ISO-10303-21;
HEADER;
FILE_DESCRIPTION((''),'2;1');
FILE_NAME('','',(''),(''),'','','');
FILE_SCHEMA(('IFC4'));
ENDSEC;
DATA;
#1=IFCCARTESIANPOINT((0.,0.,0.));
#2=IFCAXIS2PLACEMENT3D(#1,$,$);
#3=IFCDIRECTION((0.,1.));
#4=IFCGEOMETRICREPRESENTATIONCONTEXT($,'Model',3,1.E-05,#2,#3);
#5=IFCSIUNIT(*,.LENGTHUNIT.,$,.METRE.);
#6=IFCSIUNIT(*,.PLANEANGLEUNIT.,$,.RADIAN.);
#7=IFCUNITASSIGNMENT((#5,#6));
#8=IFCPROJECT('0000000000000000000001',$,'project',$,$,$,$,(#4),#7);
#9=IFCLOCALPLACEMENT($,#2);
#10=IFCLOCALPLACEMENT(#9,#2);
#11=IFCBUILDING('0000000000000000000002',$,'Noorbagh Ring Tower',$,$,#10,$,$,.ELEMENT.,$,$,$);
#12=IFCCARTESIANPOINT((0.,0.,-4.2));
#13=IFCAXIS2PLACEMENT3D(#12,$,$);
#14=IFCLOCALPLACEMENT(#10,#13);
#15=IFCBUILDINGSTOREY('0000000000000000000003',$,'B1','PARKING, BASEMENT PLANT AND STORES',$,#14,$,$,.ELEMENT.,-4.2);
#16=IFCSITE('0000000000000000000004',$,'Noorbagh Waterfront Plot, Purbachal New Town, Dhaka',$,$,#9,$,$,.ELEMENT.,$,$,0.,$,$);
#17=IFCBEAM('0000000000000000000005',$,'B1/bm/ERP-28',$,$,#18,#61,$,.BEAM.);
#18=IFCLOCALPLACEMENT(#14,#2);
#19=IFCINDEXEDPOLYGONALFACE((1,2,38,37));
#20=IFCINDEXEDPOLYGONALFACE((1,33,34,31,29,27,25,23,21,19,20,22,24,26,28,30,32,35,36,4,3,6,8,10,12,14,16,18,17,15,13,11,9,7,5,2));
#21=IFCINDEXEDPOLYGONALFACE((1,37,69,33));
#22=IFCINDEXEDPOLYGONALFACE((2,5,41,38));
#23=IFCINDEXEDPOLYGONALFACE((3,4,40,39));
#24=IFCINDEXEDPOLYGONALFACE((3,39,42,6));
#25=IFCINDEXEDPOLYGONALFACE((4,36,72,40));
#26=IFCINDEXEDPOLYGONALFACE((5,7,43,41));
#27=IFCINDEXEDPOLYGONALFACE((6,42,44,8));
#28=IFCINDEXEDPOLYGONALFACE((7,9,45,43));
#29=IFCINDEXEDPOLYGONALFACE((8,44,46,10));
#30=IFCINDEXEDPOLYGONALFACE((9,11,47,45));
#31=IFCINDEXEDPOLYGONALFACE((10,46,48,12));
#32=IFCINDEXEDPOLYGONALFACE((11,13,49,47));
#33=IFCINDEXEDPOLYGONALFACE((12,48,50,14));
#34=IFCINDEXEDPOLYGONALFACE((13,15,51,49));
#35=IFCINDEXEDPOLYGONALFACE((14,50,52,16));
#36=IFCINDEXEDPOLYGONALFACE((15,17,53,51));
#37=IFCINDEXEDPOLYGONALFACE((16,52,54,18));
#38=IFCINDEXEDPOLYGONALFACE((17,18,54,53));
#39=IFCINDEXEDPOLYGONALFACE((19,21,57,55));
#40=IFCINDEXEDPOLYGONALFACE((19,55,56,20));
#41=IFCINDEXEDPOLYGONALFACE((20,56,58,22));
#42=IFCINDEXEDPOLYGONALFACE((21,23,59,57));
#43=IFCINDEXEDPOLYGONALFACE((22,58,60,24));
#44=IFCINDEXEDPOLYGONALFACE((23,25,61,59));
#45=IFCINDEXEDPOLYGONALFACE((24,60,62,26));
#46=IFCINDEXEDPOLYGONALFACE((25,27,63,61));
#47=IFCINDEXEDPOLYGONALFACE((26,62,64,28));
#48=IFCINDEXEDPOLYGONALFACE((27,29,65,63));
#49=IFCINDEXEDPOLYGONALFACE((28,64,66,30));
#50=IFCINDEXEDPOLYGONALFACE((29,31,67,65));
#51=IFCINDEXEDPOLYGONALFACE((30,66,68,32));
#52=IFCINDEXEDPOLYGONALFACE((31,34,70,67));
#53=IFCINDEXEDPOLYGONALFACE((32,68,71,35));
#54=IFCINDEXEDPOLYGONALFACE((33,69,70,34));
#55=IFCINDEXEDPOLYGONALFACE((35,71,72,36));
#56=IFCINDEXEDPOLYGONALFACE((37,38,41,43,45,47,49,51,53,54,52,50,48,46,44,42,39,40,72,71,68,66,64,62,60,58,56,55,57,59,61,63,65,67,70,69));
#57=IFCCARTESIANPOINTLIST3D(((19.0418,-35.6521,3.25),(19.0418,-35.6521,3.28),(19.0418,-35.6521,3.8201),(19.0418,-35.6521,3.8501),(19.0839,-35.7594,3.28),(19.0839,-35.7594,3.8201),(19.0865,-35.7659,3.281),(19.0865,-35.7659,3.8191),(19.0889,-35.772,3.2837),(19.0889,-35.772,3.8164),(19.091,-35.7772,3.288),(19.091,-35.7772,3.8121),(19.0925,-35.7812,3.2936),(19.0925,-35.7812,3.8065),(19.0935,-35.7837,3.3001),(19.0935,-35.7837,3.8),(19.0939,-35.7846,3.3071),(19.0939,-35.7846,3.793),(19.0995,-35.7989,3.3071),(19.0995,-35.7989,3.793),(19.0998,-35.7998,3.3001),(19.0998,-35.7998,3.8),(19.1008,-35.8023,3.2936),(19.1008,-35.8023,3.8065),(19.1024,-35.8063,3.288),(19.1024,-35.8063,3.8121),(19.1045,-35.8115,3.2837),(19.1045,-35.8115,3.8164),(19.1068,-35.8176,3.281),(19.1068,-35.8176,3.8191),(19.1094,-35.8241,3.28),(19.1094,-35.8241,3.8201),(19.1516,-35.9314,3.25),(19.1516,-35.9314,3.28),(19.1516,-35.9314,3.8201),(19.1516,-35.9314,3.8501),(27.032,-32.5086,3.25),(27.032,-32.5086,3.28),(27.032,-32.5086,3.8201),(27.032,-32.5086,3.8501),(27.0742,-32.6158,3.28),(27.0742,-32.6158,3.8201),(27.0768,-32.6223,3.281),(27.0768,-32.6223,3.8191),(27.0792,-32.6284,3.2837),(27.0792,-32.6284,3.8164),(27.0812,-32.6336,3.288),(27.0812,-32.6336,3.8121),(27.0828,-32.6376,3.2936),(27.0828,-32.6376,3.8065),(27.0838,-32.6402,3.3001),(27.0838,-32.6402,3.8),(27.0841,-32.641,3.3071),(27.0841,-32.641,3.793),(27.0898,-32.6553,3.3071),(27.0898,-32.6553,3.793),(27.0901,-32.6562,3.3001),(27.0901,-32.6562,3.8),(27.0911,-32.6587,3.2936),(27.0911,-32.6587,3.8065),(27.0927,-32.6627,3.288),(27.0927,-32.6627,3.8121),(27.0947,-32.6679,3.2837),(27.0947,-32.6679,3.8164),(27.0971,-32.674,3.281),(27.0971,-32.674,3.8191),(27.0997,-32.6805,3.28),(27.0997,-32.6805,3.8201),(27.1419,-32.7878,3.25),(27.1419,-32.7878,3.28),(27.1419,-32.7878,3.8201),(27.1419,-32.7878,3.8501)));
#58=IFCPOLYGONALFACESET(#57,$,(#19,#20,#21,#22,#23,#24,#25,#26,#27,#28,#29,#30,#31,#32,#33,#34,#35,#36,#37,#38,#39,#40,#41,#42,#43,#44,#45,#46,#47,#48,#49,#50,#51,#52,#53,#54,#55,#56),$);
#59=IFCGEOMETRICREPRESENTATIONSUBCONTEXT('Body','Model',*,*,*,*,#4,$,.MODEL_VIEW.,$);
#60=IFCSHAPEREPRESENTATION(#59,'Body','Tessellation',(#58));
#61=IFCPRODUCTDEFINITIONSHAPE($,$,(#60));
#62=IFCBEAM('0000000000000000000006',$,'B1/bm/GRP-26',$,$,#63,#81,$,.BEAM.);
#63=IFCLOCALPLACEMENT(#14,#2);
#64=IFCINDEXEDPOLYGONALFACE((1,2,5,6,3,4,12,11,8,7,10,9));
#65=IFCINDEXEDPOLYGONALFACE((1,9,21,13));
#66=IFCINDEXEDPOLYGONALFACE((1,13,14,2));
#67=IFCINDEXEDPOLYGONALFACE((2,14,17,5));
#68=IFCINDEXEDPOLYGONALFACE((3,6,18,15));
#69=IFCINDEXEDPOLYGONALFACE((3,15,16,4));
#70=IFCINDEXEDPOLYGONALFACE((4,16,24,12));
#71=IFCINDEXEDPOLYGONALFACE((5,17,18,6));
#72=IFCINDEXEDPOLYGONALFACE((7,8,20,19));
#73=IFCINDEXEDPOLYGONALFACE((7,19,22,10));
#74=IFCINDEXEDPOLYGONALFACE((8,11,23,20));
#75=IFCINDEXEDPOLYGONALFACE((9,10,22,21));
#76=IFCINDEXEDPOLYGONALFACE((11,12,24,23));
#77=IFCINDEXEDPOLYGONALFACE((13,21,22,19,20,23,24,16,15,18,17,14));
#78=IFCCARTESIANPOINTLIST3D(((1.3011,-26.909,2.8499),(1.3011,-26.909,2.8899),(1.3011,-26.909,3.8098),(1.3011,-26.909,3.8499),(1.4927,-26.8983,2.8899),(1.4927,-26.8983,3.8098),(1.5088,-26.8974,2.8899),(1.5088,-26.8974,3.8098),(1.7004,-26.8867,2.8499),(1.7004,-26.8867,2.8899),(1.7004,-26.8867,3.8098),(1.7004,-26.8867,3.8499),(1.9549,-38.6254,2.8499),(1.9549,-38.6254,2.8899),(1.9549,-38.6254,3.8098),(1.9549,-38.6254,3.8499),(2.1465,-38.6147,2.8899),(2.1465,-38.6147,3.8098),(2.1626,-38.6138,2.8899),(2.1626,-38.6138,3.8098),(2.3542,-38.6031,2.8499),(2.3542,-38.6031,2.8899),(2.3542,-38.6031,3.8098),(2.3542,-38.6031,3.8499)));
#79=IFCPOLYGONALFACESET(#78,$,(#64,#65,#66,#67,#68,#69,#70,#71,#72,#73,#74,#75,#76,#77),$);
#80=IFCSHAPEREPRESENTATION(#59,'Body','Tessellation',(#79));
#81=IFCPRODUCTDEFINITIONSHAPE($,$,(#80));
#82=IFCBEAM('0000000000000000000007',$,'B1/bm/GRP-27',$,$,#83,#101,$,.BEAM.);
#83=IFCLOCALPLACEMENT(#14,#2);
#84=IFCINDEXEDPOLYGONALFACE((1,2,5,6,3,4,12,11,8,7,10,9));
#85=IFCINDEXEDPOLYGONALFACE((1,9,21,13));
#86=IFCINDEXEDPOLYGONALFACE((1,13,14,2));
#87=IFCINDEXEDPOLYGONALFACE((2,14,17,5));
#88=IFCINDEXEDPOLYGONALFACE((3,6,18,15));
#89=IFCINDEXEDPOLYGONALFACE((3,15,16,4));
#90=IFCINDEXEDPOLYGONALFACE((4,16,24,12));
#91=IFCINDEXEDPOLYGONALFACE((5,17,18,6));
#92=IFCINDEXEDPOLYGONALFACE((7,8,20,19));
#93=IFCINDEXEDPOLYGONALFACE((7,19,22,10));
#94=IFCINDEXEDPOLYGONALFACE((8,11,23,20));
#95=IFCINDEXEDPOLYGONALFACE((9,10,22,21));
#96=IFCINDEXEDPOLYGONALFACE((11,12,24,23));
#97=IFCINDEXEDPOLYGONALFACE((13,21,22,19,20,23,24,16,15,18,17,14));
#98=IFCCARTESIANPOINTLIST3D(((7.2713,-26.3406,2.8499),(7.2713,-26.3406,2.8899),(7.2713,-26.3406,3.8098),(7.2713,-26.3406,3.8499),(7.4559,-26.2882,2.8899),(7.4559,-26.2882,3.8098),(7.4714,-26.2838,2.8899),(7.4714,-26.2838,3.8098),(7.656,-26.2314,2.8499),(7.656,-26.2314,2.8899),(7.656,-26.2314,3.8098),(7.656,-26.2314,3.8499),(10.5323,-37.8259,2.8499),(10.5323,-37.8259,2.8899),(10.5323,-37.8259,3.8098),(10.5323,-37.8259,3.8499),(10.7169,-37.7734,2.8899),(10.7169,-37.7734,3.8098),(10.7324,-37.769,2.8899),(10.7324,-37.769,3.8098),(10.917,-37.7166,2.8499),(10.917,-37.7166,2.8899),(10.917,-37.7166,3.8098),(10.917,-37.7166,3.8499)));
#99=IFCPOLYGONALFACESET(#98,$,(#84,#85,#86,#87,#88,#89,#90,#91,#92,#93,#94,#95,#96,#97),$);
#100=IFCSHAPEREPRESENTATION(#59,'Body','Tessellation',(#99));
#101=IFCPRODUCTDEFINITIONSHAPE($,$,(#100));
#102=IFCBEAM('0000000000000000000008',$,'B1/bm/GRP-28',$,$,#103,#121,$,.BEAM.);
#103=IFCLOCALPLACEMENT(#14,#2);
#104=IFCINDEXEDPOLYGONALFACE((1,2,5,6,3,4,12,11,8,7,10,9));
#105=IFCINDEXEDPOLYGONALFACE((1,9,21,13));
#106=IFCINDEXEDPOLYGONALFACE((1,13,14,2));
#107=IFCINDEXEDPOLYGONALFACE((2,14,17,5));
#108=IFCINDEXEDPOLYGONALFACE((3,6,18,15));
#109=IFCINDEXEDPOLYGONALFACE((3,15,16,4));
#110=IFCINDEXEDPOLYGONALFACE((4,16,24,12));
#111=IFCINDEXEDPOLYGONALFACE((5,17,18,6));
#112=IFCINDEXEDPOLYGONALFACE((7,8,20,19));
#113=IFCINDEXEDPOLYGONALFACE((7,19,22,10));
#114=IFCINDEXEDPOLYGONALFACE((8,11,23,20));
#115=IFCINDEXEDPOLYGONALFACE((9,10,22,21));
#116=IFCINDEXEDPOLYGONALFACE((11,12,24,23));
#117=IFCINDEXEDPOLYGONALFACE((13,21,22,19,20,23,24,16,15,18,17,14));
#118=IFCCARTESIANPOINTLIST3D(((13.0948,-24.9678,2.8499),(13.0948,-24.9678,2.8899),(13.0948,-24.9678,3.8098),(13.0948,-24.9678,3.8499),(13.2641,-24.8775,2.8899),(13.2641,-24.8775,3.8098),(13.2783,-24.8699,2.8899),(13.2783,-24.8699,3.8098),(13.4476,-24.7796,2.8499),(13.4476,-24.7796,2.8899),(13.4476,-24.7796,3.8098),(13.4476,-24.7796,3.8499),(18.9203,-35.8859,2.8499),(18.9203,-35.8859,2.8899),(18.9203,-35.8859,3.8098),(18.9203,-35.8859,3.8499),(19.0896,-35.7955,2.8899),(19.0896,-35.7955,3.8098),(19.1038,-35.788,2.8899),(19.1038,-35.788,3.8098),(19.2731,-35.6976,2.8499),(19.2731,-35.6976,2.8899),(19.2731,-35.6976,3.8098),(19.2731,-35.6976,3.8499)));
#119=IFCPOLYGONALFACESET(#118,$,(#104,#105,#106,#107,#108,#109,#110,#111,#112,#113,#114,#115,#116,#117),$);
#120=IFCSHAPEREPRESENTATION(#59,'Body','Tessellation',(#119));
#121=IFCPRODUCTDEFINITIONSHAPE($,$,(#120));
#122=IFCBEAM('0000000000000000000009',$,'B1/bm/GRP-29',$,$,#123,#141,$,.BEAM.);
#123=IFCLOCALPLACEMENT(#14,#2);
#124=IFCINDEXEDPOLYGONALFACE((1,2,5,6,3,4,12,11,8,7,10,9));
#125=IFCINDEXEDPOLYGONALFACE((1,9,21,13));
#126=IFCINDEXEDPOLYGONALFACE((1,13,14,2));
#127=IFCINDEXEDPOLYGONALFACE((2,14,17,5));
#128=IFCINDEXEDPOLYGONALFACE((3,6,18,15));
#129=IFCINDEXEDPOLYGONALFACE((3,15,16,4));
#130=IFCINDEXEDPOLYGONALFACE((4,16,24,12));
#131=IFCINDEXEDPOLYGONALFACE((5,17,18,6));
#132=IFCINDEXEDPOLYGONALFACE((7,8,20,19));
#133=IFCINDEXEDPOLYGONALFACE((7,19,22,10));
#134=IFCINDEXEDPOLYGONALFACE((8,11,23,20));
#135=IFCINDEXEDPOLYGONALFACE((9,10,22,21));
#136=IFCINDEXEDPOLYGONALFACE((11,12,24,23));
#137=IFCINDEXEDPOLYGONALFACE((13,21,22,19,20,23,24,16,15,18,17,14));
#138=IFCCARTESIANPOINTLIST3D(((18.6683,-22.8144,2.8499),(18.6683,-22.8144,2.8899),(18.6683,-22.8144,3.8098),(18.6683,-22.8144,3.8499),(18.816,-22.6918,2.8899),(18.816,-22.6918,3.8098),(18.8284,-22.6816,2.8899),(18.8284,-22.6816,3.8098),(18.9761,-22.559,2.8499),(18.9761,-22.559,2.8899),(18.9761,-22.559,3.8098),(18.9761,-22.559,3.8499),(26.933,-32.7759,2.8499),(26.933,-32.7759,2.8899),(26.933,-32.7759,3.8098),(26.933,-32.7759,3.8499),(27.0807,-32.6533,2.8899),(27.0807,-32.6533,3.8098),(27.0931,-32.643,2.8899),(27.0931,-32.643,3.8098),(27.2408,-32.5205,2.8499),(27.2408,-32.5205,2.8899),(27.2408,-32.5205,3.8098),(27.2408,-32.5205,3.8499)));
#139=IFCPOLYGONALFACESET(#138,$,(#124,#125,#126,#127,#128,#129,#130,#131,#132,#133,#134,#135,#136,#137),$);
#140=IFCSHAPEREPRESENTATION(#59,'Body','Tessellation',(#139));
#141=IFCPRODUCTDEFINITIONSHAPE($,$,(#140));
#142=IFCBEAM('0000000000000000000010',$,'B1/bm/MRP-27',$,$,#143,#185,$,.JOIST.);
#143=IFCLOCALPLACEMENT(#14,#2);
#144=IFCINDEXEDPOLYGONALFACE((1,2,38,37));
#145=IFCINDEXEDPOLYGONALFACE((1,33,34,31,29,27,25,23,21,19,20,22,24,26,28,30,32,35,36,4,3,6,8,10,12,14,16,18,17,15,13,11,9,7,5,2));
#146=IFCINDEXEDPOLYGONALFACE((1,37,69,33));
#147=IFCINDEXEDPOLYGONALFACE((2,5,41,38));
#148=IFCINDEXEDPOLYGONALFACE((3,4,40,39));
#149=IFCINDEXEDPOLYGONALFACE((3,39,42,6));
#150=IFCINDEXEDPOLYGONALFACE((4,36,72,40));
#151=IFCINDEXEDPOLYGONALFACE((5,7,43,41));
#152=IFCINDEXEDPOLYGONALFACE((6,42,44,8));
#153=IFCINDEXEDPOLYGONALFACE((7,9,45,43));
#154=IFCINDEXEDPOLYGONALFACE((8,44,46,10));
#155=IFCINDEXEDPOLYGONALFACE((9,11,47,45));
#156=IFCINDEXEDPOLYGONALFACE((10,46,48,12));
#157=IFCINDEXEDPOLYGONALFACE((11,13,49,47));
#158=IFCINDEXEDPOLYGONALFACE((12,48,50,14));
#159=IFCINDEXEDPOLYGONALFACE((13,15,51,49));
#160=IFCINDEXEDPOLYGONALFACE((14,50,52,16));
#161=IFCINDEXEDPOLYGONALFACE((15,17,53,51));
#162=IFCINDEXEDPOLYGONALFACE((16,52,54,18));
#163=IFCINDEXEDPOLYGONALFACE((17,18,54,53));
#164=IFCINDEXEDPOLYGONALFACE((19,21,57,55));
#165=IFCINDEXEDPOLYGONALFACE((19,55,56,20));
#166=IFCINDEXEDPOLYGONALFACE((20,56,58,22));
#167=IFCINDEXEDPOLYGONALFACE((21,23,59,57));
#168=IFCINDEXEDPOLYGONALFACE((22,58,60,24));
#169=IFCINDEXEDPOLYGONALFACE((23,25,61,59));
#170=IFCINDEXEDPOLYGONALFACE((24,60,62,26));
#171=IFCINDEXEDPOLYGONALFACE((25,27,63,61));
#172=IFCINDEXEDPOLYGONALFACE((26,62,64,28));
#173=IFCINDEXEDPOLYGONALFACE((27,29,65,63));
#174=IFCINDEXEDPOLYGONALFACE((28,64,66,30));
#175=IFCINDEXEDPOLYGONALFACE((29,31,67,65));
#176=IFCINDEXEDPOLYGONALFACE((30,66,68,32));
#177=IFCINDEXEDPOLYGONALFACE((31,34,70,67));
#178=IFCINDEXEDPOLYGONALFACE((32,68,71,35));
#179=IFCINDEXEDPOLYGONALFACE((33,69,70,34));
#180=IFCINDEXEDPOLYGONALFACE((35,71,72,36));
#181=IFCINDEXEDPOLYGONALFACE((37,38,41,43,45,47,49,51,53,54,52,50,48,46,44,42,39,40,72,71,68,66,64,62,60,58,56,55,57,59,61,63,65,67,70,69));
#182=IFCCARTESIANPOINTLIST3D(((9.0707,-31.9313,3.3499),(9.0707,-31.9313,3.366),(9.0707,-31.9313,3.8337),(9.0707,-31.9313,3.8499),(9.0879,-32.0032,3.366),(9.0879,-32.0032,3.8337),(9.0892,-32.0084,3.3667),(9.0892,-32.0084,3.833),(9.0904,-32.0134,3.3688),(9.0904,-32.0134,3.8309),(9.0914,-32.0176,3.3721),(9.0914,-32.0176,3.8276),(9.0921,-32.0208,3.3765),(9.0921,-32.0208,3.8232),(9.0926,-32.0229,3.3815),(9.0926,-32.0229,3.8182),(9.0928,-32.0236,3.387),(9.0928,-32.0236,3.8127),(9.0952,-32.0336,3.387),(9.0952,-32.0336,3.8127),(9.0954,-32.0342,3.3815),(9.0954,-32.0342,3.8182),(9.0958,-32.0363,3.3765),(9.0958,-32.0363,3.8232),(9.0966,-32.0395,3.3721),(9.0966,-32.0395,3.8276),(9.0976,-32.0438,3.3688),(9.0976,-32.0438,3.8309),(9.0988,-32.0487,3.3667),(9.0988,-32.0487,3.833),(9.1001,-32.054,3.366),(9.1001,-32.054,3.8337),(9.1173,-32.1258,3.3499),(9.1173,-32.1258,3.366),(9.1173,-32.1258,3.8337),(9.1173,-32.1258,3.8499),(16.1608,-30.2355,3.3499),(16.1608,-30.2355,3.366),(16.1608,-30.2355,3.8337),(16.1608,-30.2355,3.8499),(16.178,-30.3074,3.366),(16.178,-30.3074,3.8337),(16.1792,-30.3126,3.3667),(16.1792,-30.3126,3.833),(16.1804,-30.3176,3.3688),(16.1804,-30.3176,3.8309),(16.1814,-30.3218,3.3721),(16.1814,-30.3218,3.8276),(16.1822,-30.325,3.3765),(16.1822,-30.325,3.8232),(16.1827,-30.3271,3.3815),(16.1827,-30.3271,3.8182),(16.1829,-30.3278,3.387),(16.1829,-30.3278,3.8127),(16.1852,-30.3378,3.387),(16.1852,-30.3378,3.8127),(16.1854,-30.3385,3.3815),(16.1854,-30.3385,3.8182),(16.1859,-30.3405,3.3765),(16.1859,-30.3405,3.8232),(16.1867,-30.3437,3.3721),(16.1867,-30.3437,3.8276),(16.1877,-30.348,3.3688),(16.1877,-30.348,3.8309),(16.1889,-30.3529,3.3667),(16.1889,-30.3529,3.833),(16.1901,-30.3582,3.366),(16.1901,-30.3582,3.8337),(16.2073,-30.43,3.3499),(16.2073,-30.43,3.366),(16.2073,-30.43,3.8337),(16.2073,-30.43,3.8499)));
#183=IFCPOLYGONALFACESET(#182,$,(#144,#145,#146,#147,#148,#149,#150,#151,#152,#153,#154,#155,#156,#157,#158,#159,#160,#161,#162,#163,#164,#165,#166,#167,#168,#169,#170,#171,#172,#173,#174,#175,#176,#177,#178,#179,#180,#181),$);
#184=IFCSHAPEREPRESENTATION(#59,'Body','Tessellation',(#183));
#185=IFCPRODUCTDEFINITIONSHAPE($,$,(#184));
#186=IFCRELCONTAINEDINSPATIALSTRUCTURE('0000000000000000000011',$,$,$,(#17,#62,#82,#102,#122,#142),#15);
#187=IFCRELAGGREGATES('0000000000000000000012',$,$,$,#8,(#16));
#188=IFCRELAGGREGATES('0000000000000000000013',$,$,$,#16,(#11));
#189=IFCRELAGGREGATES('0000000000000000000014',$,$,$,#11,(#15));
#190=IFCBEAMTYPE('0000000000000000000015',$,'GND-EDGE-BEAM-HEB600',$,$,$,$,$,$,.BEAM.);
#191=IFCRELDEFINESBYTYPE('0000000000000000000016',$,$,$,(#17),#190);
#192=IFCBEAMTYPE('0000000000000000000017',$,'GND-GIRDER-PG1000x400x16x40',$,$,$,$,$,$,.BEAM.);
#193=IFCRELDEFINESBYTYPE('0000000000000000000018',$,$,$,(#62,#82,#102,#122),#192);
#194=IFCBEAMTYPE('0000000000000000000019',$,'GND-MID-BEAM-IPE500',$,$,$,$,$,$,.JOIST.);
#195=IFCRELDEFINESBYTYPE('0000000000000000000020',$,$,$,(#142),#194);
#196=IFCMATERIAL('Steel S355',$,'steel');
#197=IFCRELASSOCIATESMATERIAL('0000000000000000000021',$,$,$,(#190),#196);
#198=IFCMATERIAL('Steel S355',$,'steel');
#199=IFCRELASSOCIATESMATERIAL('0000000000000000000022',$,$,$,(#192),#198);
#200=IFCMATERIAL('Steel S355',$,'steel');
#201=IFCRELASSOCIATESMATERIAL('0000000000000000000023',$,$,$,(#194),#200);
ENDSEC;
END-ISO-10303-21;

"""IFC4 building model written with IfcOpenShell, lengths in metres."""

from ifc_helpers import new_model, si_unit, direction, frame, origin, origin_2d, place, context, subcontext, project, spatial, i_section, extrude, material, material_profile, profile_set, type_object, element, save


model = new_model("IFC4")

# Units and contexts
model_context = context("Model", 3, precision=1e-05, world=origin(), true_north=direction((0.0, 1.0)))
body_context = subcontext(model_context, "Body", "Model", "MODEL_VIEW")
ifc_project = project(units=[si_unit("LENGTHUNIT", "METRE"), si_unit("PLANEANGLEUNIT", "RADIAN")], contexts=[model_context])

# Site, building, storey
site_placement = place(None, origin())
site = spatial("IfcSite", under=ifc_project, at=site_placement, Name="Noorbagh Waterfront Plot, Purbachal New Town, Dhaka", CompositionType="ELEMENT", RefElevation=0.0)
building_placement = place(site_placement, origin())
building = spatial("IfcBuilding", under=site, at=building_placement, Name="Noorbagh Ring Tower", CompositionType="ELEMENT")
storey_placement = place(building_placement, frame((0.0, 0.0, -4.2)))
storey = spatial("IfcBuildingStorey", under=building, at=storey_placement, Name="B1", Description="PARKING, BASEMENT PLANT AND STORES", CompositionType="ELEMENT", Elevation=-4.2)

# Beams
ifc_material_1 = material(Name="Steel S355", Category="steel")
ifc_material_profile_1 = material_profile(ifc_material_1, i_section(OverallWidth=0.3, OverallDepth=0.6001, WebThickness=0.0154, FlangeThickness=0.03, FilletRadius=0.0271, at=origin_2d()), Name="HEB600")
ifc_profile_set_1 = profile_set([ifc_material_profile_1], Name="Steel S355")
beam_type_1 = type_object("IfcBeamType", Name="GND-EDGE-BEAM-HEB600", PredefinedType="BEAM", material=ifc_profile_set_1)
beam_1_placement = place(storey_placement, frame((19.0967, -35.7917, 3.55), z_axis=(0.930572, 0.36611, 0.0), x_axis=(-0.36611, 0.930572, 0.0)))
element("IfcBeam", 1, at=beam_1_placement, inside=storey, type_object=beam_type_1, Name="B1/bm/ERP-28", PredefinedType="BEAM", context=body_context, shape_type="SweptSolid", body=[
    extrude(i_section(OverallWidth=0.3, OverallDepth=0.6001, WebThickness=0.0154, FlangeThickness=0.03, FilletRadius=0.0271, at=origin_2d()), origin(), (0.0, 0.0, 1.0), 8.5864),
])
ifc_material_2 = material(Name="Steel S355", Category="steel")
ifc_material_profile_2 = material_profile(ifc_material_2, i_section(OverallWidth=0.3999, OverallDepth=1.0, WebThickness=0.0161, FlangeThickness=0.04, at=origin_2d()), Name="PG1000x400x16x40")
ifc_profile_set_2 = profile_set([ifc_material_profile_2], Name="Steel S355")
beam_type_2 = type_object("IfcBeamType", Name="GND-GIRDER-PG1000x400x16x40", PredefinedType="BEAM", material=ifc_profile_set_2)
beam_2_placement = place(storey_placement, frame((2.1545, -38.6143, 3.3499), z_axis=(-0.055717, 0.998447, 0.0), x_axis=(-0.998447, -0.055717, 0.0)))
element("IfcBeam", 2, at=beam_2_placement, inside=storey, type_object=beam_type_2, Name="B1/bm/GRP-26", PredefinedType="BEAM", context=body_context, shape_type="SweptSolid", body=[
    extrude(i_section(OverallWidth=0.3999, OverallDepth=1.0, WebThickness=0.0161, FlangeThickness=0.04, at=origin_2d()), origin(), (0.0, 0.0, 1.0), 11.7346),
])
beam_3_placement = place(storey_placement, frame((10.7246, -37.7712, 3.3499), z_axis=(-0.27313, 0.961977, 0.0), x_axis=(-0.961977, -0.27313, 0.0)))
element("IfcBeam", 3, at=beam_3_placement, inside=storey, type_object=beam_type_2, Name="B1/bm/GRP-27", PredefinedType="BEAM", context=body_context, shape_type="SweptSolid", body=[
    extrude(i_section(OverallWidth=0.3999, OverallDepth=1.0, WebThickness=0.0161, FlangeThickness=0.04, at=origin_2d()), origin(), (0.0, 0.0, 1.0), 11.9392),
])
beam_4_placement = place(storey_placement, frame((19.0967, -35.7917, 3.3499), z_axis=(-0.470747, 0.882268, 0.0), x_axis=(-0.882268, -0.470747, 0.0)))
element("IfcBeam", 4, at=beam_4_placement, inside=storey, type_object=beam_type_2, Name="B1/bm/GRP-28", PredefinedType="BEAM", context=body_context, shape_type="SweptSolid", body=[
    extrude(i_section(OverallWidth=0.3999, OverallDepth=1.0, WebThickness=0.0161, FlangeThickness=0.04, at=origin_2d()), origin(), (0.0, 0.0, 1.0), 12.375),
])
beam_5_placement = place(storey_placement, frame((27.0869, -32.6482, 3.3499), z_axis=(-0.638517, 0.769608, 0.0), x_axis=(-0.769608, -0.638517, 0.0)))
element("IfcBeam", 5, at=beam_5_placement, inside=storey, type_object=beam_type_2, Name="B1/bm/GRP-29", PredefinedType="BEAM", context=body_context, shape_type="SweptSolid", body=[
    extrude(i_section(OverallWidth=0.3999, OverallDepth=1.0, WebThickness=0.0161, FlangeThickness=0.04, at=origin_2d()), origin(), (0.0, 0.0, 1.0), 12.9436),
])
ifc_material_3 = material(Name="Steel S355", Category="steel")
ifc_material_profile_3 = material_profile(ifc_material_3, i_section(OverallWidth=0.2, OverallDepth=0.5, WebThickness=0.0103, FlangeThickness=0.0161, FilletRadius=0.021, at=origin_2d()), Name="IPE500")
ifc_profile_set_3 = profile_set([ifc_material_profile_3], Name="Steel S355")
beam_type_3 = type_object("IfcBeamType", Name="GND-MID-BEAM-IPE500", PredefinedType="JOIST", material=ifc_profile_set_3)
beam_6_placement = place(storey_placement, frame((9.094, -32.0286, 3.5999), z_axis=(0.972568, 0.232618, 0.0), x_axis=(-0.232618, 0.972568, 0.0)))
element("IfcBeam", 6, at=beam_6_placement, inside=storey, type_object=beam_type_3, Name="B1/bm/MRP-27", PredefinedType="JOIST", context=body_context, shape_type="SweptSolid", body=[
    extrude(i_section(OverallWidth=0.2, OverallDepth=0.5, WebThickness=0.0103, FlangeThickness=0.0161, FilletRadius=0.021, at=origin_2d()), origin(), (0.0, 0.0, 1.0), 7.29),
])

save(model, "model.ifc")
